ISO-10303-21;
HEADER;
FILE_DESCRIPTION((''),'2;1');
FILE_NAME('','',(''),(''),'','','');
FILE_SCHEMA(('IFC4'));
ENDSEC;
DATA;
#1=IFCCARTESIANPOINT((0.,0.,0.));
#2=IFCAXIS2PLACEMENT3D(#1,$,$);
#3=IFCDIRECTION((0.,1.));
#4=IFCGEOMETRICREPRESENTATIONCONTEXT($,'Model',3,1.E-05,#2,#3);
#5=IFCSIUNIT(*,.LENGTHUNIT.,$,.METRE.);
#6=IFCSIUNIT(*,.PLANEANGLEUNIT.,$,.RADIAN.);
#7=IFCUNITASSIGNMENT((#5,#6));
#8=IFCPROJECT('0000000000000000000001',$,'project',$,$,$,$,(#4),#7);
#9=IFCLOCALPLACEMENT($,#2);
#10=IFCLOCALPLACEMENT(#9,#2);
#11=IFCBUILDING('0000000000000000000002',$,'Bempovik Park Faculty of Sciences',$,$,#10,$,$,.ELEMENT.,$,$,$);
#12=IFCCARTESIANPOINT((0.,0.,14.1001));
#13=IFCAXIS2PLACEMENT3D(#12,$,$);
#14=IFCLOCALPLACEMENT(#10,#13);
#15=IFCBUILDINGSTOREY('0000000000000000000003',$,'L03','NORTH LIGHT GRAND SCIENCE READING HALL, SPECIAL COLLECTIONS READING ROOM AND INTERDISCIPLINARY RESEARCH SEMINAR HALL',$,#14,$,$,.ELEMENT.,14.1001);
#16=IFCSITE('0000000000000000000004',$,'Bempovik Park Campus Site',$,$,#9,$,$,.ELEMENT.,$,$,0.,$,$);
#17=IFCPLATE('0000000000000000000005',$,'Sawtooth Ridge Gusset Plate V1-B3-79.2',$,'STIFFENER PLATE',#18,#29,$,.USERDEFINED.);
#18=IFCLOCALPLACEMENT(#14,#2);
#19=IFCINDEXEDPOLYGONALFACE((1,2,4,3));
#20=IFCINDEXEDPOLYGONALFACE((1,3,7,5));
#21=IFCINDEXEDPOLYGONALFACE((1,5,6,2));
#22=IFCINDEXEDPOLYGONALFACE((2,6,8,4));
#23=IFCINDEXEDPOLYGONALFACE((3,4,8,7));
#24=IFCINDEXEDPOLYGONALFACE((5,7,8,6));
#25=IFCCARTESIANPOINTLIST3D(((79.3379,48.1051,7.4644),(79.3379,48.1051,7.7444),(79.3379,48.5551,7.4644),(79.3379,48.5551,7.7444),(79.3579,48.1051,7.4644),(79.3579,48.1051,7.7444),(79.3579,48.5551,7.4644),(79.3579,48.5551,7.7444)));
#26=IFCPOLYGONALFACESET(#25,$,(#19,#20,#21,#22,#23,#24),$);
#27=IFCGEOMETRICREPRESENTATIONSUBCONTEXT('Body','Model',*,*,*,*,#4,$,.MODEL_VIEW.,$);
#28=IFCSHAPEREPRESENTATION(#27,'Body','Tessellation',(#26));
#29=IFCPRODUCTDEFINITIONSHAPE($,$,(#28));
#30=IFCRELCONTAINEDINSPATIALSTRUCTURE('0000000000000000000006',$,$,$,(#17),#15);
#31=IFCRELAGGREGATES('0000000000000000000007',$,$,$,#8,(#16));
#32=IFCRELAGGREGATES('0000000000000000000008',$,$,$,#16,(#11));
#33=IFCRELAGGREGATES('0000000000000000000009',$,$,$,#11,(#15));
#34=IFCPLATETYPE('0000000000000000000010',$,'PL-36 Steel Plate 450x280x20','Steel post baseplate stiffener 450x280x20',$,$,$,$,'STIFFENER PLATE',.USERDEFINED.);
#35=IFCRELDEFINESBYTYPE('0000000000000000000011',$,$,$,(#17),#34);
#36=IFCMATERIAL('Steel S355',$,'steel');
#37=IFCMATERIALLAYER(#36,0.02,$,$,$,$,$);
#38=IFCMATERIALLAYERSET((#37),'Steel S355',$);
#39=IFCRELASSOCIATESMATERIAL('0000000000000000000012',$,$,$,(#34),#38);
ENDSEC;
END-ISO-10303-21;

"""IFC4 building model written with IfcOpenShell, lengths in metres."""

from ifc_helpers import new_model, si_unit, direction, frame, origin, origin_2d, place, context, subcontext, project, spatial, rectangle, extrude, material, layer, layer_set, type_object, element, save


model = new_model("IFC4")

# Units and contexts
model_context = context("Model", 3, precision=1e-05, world=origin(), true_north=direction((0.0, 1.0)))
body_context = subcontext(model_context, "Body", "Model", "MODEL_VIEW")
ifc_project = project(units=[si_unit("LENGTHUNIT", "METRE"), si_unit("PLANEANGLEUNIT", "RADIAN")], contexts=[model_context])

# Site, building, storey
site_placement = place(None, origin())
site = spatial("IfcSite", under=ifc_project, at=site_placement, Name="Bempovik Park Campus Site", CompositionType="ELEMENT", RefElevation=0.0)
building_placement = place(site_placement, origin())
building = spatial("IfcBuilding", under=site, at=building_placement, Name="Bempovik Park Faculty of Sciences", CompositionType="ELEMENT")
storey_placement = place(building_placement, frame((0.0, 0.0, 14.1001)))
storey = spatial("IfcBuildingStorey", under=building, at=storey_placement, Name="L03", Description="NORTH LIGHT GRAND SCIENCE READING HALL, SPECIAL COLLECTIONS READING ROOM AND INTERDISCIPLINARY RESEARCH SEMINAR HALL", CompositionType="ELEMENT", Elevation=14.1001)

# Shared definitions
ifc_material_1 = material(Name="Steel S355", Category="steel")

# Plate
ifc_layer_1 = layer(ifc_material_1, 0.02)
ifc_layer_set_1 = layer_set([ifc_layer_1], Name="Steel S355")
plate_type_1 = type_object("IfcPlateType", Name="PL-36 Steel Plate 450x280x20", Description="Steel post baseplate stiffener 450x280x20", ElementType="STIFFENER PLATE", PredefinedType="USERDEFINED", material=ifc_layer_set_1)
plate_1_placement = place(storey_placement, frame((79.3479, 48.3301, 7.4644), z_axis=(0.0, 0.0, 1.0), x_axis=(1.0, 0.0, 0.0)))
element("IfcPlate", 1, at=plate_1_placement, inside=storey, type_object=plate_type_1, Name="Sawtooth Ridge Gusset Plate V1-B3-79.2", ObjectType="STIFFENER PLATE", PredefinedType="USERDEFINED", context=body_context, shape_type="SweptSolid", body=[
    extrude(rectangle(XDim=0.02, YDim=0.45, at=origin_2d()), origin(), (0.0, 0.0, 1.0), 0.28),
])

save(model, "model.ifc")
